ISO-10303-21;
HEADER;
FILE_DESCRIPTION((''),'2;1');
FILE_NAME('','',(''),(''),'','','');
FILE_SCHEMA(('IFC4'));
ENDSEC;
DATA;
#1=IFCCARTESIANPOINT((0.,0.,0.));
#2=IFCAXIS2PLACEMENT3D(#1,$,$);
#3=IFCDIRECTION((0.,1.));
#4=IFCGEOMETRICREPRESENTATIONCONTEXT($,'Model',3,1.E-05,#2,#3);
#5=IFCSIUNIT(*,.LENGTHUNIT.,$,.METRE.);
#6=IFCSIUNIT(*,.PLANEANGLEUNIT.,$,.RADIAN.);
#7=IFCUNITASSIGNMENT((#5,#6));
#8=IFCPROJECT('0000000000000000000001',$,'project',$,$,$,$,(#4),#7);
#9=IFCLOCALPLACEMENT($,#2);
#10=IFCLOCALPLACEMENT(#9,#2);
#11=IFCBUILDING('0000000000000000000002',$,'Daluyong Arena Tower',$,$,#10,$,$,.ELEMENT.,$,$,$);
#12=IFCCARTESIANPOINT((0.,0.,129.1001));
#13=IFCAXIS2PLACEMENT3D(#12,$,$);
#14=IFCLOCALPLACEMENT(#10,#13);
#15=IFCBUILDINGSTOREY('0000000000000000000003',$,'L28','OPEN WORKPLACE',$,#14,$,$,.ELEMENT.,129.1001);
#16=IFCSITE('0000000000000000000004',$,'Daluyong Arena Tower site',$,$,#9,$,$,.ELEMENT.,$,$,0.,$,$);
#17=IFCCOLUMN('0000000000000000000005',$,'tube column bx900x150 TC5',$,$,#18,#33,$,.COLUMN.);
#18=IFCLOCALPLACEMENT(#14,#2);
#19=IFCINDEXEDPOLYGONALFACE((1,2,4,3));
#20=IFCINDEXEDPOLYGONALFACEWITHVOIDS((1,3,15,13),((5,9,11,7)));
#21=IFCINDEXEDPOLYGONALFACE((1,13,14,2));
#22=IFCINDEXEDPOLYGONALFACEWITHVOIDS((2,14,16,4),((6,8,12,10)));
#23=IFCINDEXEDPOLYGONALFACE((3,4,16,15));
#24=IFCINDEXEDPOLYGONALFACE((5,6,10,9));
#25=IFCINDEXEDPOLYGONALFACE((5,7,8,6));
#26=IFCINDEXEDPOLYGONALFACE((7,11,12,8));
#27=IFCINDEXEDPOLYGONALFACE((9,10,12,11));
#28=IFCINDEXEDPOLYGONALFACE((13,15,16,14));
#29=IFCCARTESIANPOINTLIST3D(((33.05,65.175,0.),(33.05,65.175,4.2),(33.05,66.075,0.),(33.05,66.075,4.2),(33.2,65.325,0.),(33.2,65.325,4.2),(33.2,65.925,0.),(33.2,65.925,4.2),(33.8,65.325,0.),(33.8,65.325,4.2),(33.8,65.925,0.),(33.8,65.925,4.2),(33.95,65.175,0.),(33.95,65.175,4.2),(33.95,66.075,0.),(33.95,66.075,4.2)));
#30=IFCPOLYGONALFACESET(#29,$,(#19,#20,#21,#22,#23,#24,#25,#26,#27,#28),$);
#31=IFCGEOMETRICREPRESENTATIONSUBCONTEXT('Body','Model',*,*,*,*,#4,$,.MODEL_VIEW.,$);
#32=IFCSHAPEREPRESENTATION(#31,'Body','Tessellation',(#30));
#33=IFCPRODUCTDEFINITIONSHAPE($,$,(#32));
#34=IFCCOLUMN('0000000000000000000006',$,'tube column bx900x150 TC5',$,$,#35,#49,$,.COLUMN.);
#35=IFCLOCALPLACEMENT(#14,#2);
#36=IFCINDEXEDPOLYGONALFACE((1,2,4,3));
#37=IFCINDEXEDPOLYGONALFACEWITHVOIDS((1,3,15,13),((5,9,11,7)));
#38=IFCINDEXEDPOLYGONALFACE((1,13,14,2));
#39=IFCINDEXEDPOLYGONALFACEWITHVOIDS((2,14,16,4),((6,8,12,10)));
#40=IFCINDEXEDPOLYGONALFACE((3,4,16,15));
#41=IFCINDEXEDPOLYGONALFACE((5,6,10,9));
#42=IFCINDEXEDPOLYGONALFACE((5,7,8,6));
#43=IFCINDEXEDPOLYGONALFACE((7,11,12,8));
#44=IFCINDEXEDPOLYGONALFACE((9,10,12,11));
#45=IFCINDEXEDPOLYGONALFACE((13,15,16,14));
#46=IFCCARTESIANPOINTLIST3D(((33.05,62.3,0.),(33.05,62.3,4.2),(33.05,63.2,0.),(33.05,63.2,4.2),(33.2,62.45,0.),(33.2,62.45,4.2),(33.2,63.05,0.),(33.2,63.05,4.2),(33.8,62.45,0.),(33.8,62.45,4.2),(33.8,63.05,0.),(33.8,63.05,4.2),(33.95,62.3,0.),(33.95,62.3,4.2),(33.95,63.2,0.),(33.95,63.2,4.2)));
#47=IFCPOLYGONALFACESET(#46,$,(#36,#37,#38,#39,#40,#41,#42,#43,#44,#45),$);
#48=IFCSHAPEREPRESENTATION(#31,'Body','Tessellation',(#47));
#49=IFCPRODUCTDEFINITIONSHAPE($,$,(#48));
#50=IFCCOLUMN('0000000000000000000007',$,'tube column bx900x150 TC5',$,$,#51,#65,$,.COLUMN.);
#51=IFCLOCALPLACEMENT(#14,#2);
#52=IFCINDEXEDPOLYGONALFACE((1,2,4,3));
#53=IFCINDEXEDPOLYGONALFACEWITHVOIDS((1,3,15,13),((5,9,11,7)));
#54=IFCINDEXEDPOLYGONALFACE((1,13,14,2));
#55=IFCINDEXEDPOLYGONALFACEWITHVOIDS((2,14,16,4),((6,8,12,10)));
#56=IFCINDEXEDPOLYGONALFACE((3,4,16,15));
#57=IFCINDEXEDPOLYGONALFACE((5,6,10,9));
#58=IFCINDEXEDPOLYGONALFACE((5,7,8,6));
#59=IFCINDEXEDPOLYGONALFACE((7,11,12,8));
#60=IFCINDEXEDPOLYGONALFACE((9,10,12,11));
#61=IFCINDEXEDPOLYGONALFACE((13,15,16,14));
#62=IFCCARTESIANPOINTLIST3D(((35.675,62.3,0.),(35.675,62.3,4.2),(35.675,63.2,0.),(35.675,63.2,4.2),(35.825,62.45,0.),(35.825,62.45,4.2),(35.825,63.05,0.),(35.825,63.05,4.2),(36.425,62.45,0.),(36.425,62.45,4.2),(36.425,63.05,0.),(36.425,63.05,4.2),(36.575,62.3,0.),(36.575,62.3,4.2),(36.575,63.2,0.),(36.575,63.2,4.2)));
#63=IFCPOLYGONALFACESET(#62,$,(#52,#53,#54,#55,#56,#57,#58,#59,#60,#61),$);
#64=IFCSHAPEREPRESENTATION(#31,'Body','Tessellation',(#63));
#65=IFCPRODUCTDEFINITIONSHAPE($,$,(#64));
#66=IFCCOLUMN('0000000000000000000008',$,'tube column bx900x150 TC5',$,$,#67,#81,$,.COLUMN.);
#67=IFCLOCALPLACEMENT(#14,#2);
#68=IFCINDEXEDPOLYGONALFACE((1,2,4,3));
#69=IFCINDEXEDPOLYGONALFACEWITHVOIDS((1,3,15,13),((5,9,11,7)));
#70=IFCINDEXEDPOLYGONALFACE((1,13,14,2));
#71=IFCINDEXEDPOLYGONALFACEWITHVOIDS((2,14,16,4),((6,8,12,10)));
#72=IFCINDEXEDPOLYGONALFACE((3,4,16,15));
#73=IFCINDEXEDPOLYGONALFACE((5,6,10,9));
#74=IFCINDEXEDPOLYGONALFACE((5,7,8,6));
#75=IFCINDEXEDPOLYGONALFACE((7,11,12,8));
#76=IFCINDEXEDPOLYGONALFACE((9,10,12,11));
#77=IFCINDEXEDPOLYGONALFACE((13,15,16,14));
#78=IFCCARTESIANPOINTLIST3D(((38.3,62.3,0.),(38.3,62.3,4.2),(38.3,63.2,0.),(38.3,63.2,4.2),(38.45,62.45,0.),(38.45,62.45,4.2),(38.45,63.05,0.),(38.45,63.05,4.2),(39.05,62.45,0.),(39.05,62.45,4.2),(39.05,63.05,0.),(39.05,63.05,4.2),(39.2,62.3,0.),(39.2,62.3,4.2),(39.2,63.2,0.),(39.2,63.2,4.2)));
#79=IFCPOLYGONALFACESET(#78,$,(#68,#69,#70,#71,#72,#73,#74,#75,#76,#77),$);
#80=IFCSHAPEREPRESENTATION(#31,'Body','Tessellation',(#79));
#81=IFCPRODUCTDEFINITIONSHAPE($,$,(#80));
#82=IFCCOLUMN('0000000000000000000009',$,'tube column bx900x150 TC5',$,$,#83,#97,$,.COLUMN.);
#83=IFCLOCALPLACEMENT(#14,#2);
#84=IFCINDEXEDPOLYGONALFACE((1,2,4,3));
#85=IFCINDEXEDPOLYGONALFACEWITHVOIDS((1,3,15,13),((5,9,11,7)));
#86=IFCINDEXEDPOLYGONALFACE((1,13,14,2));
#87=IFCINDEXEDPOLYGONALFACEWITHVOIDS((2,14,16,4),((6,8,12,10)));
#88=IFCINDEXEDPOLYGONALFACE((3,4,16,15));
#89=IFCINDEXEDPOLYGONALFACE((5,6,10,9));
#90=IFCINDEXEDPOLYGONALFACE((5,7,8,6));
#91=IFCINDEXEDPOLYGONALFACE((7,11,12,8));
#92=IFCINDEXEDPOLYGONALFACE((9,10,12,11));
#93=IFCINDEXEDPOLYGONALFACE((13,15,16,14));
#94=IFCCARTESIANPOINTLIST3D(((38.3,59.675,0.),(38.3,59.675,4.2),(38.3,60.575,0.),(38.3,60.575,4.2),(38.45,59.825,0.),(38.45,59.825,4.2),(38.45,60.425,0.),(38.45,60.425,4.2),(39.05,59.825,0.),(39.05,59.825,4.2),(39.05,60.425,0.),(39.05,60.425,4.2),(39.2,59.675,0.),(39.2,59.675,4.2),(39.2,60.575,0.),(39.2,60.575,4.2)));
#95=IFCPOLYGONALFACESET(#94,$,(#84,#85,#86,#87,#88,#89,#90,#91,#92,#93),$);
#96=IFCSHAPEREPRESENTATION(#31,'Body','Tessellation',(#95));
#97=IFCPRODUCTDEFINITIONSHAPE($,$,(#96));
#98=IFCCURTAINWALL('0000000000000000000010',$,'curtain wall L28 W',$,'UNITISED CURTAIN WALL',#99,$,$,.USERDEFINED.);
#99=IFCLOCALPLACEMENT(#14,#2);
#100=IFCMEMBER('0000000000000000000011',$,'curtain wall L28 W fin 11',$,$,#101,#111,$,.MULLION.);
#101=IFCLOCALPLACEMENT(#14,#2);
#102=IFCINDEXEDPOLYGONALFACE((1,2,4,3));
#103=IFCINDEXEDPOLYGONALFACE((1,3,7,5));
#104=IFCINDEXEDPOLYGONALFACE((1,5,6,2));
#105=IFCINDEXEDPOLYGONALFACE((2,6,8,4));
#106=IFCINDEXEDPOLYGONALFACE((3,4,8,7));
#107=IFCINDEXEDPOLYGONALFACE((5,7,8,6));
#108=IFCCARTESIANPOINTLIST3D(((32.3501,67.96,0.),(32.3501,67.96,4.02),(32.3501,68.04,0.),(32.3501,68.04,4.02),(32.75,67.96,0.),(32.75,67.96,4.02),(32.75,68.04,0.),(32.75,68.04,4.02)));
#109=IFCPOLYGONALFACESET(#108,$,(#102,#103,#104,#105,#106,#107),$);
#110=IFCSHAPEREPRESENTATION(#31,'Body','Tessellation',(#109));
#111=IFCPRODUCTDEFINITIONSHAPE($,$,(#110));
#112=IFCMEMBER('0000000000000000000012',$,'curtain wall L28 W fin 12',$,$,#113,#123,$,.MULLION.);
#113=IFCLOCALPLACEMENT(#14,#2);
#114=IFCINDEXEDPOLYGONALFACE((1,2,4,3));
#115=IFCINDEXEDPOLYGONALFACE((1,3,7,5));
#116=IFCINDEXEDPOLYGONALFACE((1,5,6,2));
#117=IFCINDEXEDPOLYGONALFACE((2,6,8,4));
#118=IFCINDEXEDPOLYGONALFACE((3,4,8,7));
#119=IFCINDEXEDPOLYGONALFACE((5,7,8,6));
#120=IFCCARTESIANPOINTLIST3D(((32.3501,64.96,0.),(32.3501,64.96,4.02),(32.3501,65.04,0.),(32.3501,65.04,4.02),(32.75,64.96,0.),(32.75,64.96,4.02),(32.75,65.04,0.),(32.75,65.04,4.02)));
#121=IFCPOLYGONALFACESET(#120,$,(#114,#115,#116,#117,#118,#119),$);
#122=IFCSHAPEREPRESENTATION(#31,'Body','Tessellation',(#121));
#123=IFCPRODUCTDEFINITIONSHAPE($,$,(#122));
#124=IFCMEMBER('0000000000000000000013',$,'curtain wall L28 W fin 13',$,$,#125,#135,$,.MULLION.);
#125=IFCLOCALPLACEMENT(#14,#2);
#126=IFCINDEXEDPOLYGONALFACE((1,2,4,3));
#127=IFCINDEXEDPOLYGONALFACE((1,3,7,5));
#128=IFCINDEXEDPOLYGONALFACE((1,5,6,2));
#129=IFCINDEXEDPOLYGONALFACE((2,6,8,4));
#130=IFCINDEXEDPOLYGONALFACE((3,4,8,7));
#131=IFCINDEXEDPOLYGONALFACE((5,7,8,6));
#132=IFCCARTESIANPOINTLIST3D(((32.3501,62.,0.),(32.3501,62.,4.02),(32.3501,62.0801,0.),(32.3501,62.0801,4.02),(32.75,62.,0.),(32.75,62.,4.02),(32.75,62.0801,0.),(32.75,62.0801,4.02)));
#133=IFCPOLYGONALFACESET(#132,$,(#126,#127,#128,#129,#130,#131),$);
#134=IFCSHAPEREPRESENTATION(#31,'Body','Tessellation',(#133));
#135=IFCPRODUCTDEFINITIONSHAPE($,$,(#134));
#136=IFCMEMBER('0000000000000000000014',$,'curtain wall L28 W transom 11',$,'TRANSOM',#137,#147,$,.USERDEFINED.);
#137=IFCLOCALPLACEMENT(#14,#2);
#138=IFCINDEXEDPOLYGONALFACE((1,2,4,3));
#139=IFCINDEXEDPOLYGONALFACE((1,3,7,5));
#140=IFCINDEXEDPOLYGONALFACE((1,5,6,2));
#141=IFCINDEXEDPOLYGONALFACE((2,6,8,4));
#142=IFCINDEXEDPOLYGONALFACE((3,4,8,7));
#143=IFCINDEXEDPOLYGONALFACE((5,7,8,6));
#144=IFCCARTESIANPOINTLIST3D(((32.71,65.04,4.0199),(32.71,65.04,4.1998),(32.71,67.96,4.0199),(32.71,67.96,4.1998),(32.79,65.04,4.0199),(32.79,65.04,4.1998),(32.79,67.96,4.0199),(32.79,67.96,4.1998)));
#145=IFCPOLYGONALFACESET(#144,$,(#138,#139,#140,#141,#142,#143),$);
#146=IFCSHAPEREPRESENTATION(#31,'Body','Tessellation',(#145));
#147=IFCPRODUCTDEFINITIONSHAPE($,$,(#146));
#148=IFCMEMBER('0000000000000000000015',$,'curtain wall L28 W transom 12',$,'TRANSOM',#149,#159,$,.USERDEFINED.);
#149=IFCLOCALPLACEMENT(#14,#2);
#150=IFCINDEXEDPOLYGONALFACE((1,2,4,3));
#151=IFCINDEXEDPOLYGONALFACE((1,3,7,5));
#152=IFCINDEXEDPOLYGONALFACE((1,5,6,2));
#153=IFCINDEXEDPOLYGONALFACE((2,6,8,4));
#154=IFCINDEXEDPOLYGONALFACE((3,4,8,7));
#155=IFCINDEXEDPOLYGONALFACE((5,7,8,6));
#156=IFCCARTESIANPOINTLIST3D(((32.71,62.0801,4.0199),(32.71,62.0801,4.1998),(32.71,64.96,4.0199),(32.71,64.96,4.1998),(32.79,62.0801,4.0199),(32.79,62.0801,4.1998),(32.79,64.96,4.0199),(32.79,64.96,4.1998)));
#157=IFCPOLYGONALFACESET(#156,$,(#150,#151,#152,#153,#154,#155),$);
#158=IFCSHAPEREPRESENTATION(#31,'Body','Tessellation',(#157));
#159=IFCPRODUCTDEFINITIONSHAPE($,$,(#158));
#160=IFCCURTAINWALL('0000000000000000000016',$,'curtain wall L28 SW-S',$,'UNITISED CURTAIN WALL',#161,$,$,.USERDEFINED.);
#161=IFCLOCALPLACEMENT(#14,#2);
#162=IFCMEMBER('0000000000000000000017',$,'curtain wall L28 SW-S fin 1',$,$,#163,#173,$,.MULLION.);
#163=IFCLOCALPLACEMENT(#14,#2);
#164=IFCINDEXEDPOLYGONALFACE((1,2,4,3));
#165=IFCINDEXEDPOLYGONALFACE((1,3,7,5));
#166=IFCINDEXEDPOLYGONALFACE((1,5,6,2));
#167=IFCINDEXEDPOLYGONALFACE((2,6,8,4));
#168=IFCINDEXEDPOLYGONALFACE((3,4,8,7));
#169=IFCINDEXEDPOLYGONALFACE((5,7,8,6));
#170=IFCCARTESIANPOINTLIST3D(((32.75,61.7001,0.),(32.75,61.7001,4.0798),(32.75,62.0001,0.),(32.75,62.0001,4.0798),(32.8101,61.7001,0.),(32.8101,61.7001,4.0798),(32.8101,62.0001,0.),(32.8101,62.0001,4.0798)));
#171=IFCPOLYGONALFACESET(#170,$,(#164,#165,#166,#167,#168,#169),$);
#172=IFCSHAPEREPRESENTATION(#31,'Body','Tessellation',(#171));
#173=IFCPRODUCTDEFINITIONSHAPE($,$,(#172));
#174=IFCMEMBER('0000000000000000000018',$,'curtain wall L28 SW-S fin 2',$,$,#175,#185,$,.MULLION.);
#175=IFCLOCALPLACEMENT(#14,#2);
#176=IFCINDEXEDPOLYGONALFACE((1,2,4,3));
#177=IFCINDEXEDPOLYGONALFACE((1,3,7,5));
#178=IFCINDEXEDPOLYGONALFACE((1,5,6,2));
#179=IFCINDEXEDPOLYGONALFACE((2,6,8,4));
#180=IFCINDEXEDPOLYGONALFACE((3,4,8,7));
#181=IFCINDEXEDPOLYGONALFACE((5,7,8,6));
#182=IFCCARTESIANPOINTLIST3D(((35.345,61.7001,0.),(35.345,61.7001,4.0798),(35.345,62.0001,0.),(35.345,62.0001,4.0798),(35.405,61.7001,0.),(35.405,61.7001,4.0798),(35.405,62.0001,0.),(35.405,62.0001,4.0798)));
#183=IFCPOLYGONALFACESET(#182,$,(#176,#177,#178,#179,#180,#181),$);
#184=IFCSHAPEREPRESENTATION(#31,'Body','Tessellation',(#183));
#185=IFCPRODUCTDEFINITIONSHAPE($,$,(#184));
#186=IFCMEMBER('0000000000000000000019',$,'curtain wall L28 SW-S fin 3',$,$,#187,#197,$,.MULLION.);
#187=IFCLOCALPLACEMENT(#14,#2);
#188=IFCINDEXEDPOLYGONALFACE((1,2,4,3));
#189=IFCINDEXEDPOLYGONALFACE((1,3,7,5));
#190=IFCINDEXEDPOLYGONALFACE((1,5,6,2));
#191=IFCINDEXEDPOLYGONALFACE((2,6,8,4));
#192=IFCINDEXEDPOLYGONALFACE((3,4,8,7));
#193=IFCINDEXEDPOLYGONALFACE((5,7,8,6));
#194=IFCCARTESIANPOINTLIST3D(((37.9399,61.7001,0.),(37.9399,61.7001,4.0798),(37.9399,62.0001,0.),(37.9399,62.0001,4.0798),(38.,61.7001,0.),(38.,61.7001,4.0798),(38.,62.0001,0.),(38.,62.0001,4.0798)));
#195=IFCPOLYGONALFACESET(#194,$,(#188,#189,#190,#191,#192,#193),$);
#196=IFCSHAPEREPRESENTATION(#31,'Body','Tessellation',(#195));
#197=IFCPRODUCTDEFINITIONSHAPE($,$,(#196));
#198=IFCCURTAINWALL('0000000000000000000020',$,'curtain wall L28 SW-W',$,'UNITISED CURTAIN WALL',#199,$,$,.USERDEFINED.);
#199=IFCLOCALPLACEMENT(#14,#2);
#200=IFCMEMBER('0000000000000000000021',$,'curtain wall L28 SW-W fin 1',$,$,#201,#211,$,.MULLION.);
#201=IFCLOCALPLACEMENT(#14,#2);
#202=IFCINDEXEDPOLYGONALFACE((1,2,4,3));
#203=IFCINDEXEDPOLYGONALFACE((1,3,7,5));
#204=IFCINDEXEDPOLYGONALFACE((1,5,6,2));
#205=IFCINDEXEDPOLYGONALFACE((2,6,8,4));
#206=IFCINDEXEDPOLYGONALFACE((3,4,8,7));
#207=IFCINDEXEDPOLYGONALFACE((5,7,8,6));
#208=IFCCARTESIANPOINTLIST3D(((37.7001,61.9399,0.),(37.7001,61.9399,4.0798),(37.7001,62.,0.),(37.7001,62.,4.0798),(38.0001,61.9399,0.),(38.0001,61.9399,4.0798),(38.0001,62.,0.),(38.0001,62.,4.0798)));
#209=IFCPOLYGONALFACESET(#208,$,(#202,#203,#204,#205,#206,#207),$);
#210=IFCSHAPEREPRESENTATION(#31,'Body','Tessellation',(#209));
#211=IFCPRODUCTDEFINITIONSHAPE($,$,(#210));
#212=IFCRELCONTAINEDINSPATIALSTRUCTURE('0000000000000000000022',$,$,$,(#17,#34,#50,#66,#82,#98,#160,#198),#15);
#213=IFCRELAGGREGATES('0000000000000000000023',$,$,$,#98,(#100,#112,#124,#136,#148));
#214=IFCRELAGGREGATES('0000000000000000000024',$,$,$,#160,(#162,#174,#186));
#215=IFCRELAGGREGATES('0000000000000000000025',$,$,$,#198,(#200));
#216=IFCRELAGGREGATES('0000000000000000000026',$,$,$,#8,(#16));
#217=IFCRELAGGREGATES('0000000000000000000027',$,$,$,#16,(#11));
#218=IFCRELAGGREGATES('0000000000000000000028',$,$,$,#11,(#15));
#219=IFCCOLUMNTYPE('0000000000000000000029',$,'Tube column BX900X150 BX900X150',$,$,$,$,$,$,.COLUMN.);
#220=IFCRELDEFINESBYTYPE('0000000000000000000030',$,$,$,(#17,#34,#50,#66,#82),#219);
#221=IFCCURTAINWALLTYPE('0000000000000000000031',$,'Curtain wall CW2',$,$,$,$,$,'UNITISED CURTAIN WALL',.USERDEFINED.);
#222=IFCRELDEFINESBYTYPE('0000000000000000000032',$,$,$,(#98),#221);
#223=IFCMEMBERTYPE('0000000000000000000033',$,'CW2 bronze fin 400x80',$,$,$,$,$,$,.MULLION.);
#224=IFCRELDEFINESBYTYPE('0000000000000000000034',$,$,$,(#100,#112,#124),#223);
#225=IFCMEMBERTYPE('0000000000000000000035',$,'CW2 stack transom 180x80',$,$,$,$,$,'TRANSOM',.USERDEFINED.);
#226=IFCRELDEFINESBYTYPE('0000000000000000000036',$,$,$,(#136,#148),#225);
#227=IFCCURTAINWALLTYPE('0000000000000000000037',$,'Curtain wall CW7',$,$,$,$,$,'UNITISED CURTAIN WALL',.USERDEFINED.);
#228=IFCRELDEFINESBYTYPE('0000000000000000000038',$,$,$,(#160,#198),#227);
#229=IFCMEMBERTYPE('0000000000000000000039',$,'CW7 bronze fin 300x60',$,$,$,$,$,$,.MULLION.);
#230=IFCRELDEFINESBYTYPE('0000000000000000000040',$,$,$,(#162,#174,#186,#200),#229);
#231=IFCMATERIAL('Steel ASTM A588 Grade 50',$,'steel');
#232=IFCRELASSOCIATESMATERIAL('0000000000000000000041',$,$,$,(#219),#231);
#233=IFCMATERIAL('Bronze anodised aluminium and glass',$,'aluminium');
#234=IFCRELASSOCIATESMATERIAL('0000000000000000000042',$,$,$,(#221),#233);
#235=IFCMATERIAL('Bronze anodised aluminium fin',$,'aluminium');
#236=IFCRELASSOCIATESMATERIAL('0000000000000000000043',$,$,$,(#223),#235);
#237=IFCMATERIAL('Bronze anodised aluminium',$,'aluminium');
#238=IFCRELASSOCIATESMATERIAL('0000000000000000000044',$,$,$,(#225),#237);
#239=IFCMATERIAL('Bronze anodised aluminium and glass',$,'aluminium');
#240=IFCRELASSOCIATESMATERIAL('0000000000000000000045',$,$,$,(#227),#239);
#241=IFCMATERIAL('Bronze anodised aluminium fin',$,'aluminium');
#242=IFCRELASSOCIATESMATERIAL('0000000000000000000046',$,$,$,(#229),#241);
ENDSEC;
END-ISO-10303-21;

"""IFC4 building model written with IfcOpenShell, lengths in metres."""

from ifc_helpers import new_model, si_unit, direction, frame, origin, origin_2d, place, context, subcontext, project, spatial, rectangle, hollow_rectangle, extrude, material, material_profile, profile_set, type_object, element, aggregate, save


model = new_model("IFC4")

# Units and contexts
model_context = context("Model", 3, precision=1e-05, world=origin(), true_north=direction((0.0, 1.0)))
body_context = subcontext(model_context, "Body", "Model", "MODEL_VIEW")
ifc_project = project(units=[si_unit("LENGTHUNIT", "METRE"), si_unit("PLANEANGLEUNIT", "RADIAN")], contexts=[model_context])

# Site, building, storey
site_placement = place(None, origin())
site = spatial("IfcSite", under=ifc_project, at=site_placement, Name="Daluyong Arena Tower site", CompositionType="ELEMENT", RefElevation=0.0)
building_placement = place(site_placement, origin())
building = spatial("IfcBuilding", under=site, at=building_placement, Name="Daluyong Arena Tower", CompositionType="ELEMENT")
storey_placement = place(building_placement, frame((0.0, 0.0, 129.1001)))
storey = spatial("IfcBuildingStorey", under=building, at=storey_placement, Name="L28", Description="OPEN WORKPLACE", CompositionType="ELEMENT", Elevation=129.1001)

# Columns
ifc_material_1 = material(Name="Steel ASTM A588 Grade 50", Category="steel")
ifc_material_profile_1 = material_profile(ifc_material_1, hollow_rectangle(XDim=0.8999, YDim=0.8999, WallThickness=0.15, at=origin_2d()))
ifc_profile_set_1 = profile_set([ifc_material_profile_1], Name="Steel ASTM A588 Grade 50")
column_type = type_object("IfcColumnType", Name="Tube column BX900X150 BX900X150", PredefinedType="COLUMN", material=ifc_profile_set_1)
for number, where, z_axis, x_axis, name in (
    (1, (33.5, 65.625, 0.0), (0.0, 0.0, 1.0), (0.0, 1.0, 0.0), "tube column bx900x150 TC5"),
    (2, (33.5, 62.75, 0.0), (0.0, 0.0, 1.0), (1.0, 0.0, 0.0), "tube column bx900x150 TC5"),
    (3, (36.125, 62.75, 0.0), (0.0, 0.0, 1.0), (1.0, 0.0, 0.0), "tube column bx900x150 TC5"),
    (4, (38.75, 62.75, 0.0), (0.0, 0.0, 1.0), (0.0, 1.0, 0.0), "tube column bx900x150 TC5"),
    (5, (38.75, 60.125, 0.0), (0.0, 0.0, 1.0), (0.0, 1.0, 0.0), "tube column bx900x150 TC5"),
):
    element("IfcColumn", number, at=place(storey_placement, frame(where, z_axis=z_axis, x_axis=x_axis)), inside=storey, type_object=column_type, Name=name, PredefinedType="COLUMN", context=body_context, shape_type="SweptSolid", body=[
        extrude(hollow_rectangle(XDim=0.8999, YDim=0.8999, WallThickness=0.15, at=origin_2d()), origin(), (0.0, 0.0, 1.0), 4.2),
    ])

# Curtain walls, members
ifc_material_2 = material(Name="Bronze anodised aluminium and glass", Category="aluminium")
curtain_wall_type_1 = type_object("IfcCurtainWallType", Name="Curtain wall CW2", ElementType="UNITISED CURTAIN WALL", PredefinedType="USERDEFINED", material=ifc_material_2)
curtain_wall_1_placement = place(storey_placement, origin())
curtain_wall_1 = element("IfcCurtainWall", 6, at=curtain_wall_1_placement, inside=storey, type_object=curtain_wall_type_1, Name="curtain wall L28 W", ObjectType="UNITISED CURTAIN WALL", PredefinedType="USERDEFINED")
ifc_material_3 = material(Name="Bronze anodised aluminium fin", Category="aluminium")
ifc_material_profile_2 = material_profile(ifc_material_3, rectangle(XDim=0.3999, YDim=0.0801, at=origin_2d()))
ifc_profile_set_2 = profile_set([ifc_material_profile_2], Name="Bronze anodised aluminium fin")
member_type_1 = type_object("IfcMemberType", Name="CW2 bronze fin 400x80", PredefinedType="MULLION", material=ifc_profile_set_2)
member_1_placement = place(storey_placement, frame((32.55, 68.0, 0.0), z_axis=(0.0, 0.0, 1.0), x_axis=(1.0, 0.0, 0.0)))
member_1 = element("IfcMember", 7, at=member_1_placement, type_object=member_type_1, Name="curtain wall L28 W fin 11", PredefinedType="MULLION", context=body_context, shape_type="SweptSolid", body=[
    extrude(rectangle(XDim=0.3999, YDim=0.0801, at=origin_2d()), origin(), (0.0, 0.0, 1.0), 4.02),
])
member_2_placement = place(storey_placement, frame((32.55, 65.0, 0.0), z_axis=(0.0, 0.0, 1.0), x_axis=(1.0, 0.0, 0.0)))
member_2 = element("IfcMember", 8, at=member_2_placement, type_object=member_type_1, Name="curtain wall L28 W fin 12", PredefinedType="MULLION", context=body_context, shape_type="SweptSolid", body=[
    extrude(rectangle(XDim=0.3999, YDim=0.0801, at=origin_2d()), origin(), (0.0, 0.0, 1.0), 4.02),
])
member_3_placement = place(storey_placement, frame((32.55, 62.04, 0.0), z_axis=(0.0, 0.0, 1.0), x_axis=(1.0, 0.0, 0.0)))
member_3 = element("IfcMember", 9, at=member_3_placement, type_object=member_type_1, Name="curtain wall L28 W fin 13", PredefinedType="MULLION", context=body_context, shape_type="SweptSolid", body=[
    extrude(rectangle(XDim=0.3999, YDim=0.0801, at=origin_2d()), origin(), (0.0, 0.0, 1.0), 4.02),
])
ifc_material_4 = material(Name="Bronze anodised aluminium", Category="aluminium")
ifc_material_profile_3 = material_profile(ifc_material_4, rectangle(XDim=0.0801, YDim=0.1799, at=origin_2d()))
ifc_profile_set_3 = profile_set([ifc_material_profile_3], Name="Bronze anodised aluminium")
member_type_2 = type_object("IfcMemberType", Name="CW2 stack transom 180x80", ElementType="TRANSOM", PredefinedType="USERDEFINED", material=ifc_profile_set_3)
member_4_placement = place(storey_placement, frame((32.75, 67.96, 4.1099), z_axis=(0.0, -1.0, 0.0), x_axis=(1.0, 0.0, 0.0)))
member_4 = element("IfcMember", 10, at=member_4_placement, type_object=member_type_2, Name="curtain wall L28 W transom 11", ObjectType="TRANSOM", PredefinedType="USERDEFINED", context=body_context, shape_type="SweptSolid", body=[
    extrude(rectangle(XDim=0.0801, YDim=0.1799, at=origin_2d()), origin(), (0.0, 0.0, 1.0), 2.9199),
])
member_5_placement = place(storey_placement, frame((32.75, 64.96, 4.1099), z_axis=(0.0, -1.0, 0.0), x_axis=(1.0, 0.0, 0.0)))
member_5 = element("IfcMember", 11, at=member_5_placement, type_object=member_type_2, Name="curtain wall L28 W transom 12", ObjectType="TRANSOM", PredefinedType="USERDEFINED", context=body_context, shape_type="SweptSolid", body=[
    extrude(rectangle(XDim=0.0801, YDim=0.1799, at=origin_2d()), origin(), (0.0, 0.0, 1.0), 2.8799),
])
ifc_material_5 = material(Name="Bronze anodised aluminium and glass", Category="aluminium")
curtain_wall_type_2 = type_object("IfcCurtainWallType", Name="Curtain wall CW7", ElementType="UNITISED CURTAIN WALL", PredefinedType="USERDEFINED", material=ifc_material_5)
curtain_wall_2_placement = place(storey_placement, origin())
curtain_wall_2 = element("IfcCurtainWall", 12, at=curtain_wall_2_placement, inside=storey, type_object=curtain_wall_type_2, Name="curtain wall L28 SW-S", ObjectType="UNITISED CURTAIN WALL", PredefinedType="USERDEFINED")
ifc_material_6 = material(Name="Bronze anodised aluminium fin", Category="aluminium")
ifc_material_profile_4 = material_profile(ifc_material_6, rectangle(XDim=0.3, YDim=0.0601, at=origin_2d()))
ifc_profile_set_4 = profile_set([ifc_material_profile_4], Name="Bronze anodised aluminium fin")
member_type_3 = type_object("IfcMemberType", Name="CW7 bronze fin 300x60", PredefinedType="MULLION", material=ifc_profile_set_4)
member_6_placement = place(storey_placement, frame((32.78, 61.8501, 0.0), z_axis=(0.0, 0.0, 1.0), x_axis=(0.0, 1.0, 0.0)))
member_6 = element("IfcMember", 13, at=member_6_placement, type_object=member_type_3, Name="curtain wall L28 SW-S fin 1", PredefinedType="MULLION", context=body_context, shape_type="SweptSolid", body=[
    extrude(rectangle(XDim=0.3, YDim=0.0601, at=origin_2d()), origin(), (0.0, 0.0, 1.0), 4.0798),
])
member_7_placement = place(storey_placement, frame((35.375, 61.8501, 0.0), z_axis=(0.0, 0.0, 1.0), x_axis=(0.0, 1.0, 0.0)))
member_7 = element("IfcMember", 14, at=member_7_placement, type_object=member_type_3, Name="curtain wall L28 SW-S fin 2", PredefinedType="MULLION", context=body_context, shape_type="SweptSolid", body=[
    extrude(rectangle(XDim=0.3, YDim=0.0601, at=origin_2d()), origin(), (0.0, 0.0, 1.0), 4.0798),
])
member_8_placement = place(storey_placement, frame((37.97, 61.8501, 0.0), z_axis=(0.0, 0.0, 1.0), x_axis=(0.0, 1.0, 0.0)))
member_8 = element("IfcMember", 15, at=member_8_placement, type_object=member_type_3, Name="curtain wall L28 SW-S fin 3", PredefinedType="MULLION", context=body_context, shape_type="SweptSolid", body=[
    extrude(rectangle(XDim=0.3, YDim=0.0601, at=origin_2d()), origin(), (0.0, 0.0, 1.0), 4.0798),
])
curtain_wall_3_placement = place(storey_placement, origin())
curtain_wall_3 = element("IfcCurtainWall", 16, at=curtain_wall_3_placement, inside=storey, type_object=curtain_wall_type_2, Name="curtain wall L28 SW-W", ObjectType="UNITISED CURTAIN WALL", PredefinedType="USERDEFINED")
member_9_placement = place(storey_placement, frame((37.8501, 61.97, 0.0), z_axis=(0.0, 0.0, 1.0), x_axis=(1.0, 0.0, 0.0)))
member_9 = element("IfcMember", 17, at=member_9_placement, type_object=member_type_3, Name="curtain wall L28 SW-W fin 1", PredefinedType="MULLION", context=body_context, shape_type="SweptSolid", body=[
    extrude(rectangle(XDim=0.3, YDim=0.0601, at=origin_2d()), origin(), (0.0, 0.0, 1.0), 4.0798),
])

aggregate(curtain_wall_1, [member_1, member_2, member_3, member_4, member_5])
aggregate(curtain_wall_2, [member_6, member_7, member_8])
aggregate(curtain_wall_3, [member_9])

save(model, "model.ifc")
